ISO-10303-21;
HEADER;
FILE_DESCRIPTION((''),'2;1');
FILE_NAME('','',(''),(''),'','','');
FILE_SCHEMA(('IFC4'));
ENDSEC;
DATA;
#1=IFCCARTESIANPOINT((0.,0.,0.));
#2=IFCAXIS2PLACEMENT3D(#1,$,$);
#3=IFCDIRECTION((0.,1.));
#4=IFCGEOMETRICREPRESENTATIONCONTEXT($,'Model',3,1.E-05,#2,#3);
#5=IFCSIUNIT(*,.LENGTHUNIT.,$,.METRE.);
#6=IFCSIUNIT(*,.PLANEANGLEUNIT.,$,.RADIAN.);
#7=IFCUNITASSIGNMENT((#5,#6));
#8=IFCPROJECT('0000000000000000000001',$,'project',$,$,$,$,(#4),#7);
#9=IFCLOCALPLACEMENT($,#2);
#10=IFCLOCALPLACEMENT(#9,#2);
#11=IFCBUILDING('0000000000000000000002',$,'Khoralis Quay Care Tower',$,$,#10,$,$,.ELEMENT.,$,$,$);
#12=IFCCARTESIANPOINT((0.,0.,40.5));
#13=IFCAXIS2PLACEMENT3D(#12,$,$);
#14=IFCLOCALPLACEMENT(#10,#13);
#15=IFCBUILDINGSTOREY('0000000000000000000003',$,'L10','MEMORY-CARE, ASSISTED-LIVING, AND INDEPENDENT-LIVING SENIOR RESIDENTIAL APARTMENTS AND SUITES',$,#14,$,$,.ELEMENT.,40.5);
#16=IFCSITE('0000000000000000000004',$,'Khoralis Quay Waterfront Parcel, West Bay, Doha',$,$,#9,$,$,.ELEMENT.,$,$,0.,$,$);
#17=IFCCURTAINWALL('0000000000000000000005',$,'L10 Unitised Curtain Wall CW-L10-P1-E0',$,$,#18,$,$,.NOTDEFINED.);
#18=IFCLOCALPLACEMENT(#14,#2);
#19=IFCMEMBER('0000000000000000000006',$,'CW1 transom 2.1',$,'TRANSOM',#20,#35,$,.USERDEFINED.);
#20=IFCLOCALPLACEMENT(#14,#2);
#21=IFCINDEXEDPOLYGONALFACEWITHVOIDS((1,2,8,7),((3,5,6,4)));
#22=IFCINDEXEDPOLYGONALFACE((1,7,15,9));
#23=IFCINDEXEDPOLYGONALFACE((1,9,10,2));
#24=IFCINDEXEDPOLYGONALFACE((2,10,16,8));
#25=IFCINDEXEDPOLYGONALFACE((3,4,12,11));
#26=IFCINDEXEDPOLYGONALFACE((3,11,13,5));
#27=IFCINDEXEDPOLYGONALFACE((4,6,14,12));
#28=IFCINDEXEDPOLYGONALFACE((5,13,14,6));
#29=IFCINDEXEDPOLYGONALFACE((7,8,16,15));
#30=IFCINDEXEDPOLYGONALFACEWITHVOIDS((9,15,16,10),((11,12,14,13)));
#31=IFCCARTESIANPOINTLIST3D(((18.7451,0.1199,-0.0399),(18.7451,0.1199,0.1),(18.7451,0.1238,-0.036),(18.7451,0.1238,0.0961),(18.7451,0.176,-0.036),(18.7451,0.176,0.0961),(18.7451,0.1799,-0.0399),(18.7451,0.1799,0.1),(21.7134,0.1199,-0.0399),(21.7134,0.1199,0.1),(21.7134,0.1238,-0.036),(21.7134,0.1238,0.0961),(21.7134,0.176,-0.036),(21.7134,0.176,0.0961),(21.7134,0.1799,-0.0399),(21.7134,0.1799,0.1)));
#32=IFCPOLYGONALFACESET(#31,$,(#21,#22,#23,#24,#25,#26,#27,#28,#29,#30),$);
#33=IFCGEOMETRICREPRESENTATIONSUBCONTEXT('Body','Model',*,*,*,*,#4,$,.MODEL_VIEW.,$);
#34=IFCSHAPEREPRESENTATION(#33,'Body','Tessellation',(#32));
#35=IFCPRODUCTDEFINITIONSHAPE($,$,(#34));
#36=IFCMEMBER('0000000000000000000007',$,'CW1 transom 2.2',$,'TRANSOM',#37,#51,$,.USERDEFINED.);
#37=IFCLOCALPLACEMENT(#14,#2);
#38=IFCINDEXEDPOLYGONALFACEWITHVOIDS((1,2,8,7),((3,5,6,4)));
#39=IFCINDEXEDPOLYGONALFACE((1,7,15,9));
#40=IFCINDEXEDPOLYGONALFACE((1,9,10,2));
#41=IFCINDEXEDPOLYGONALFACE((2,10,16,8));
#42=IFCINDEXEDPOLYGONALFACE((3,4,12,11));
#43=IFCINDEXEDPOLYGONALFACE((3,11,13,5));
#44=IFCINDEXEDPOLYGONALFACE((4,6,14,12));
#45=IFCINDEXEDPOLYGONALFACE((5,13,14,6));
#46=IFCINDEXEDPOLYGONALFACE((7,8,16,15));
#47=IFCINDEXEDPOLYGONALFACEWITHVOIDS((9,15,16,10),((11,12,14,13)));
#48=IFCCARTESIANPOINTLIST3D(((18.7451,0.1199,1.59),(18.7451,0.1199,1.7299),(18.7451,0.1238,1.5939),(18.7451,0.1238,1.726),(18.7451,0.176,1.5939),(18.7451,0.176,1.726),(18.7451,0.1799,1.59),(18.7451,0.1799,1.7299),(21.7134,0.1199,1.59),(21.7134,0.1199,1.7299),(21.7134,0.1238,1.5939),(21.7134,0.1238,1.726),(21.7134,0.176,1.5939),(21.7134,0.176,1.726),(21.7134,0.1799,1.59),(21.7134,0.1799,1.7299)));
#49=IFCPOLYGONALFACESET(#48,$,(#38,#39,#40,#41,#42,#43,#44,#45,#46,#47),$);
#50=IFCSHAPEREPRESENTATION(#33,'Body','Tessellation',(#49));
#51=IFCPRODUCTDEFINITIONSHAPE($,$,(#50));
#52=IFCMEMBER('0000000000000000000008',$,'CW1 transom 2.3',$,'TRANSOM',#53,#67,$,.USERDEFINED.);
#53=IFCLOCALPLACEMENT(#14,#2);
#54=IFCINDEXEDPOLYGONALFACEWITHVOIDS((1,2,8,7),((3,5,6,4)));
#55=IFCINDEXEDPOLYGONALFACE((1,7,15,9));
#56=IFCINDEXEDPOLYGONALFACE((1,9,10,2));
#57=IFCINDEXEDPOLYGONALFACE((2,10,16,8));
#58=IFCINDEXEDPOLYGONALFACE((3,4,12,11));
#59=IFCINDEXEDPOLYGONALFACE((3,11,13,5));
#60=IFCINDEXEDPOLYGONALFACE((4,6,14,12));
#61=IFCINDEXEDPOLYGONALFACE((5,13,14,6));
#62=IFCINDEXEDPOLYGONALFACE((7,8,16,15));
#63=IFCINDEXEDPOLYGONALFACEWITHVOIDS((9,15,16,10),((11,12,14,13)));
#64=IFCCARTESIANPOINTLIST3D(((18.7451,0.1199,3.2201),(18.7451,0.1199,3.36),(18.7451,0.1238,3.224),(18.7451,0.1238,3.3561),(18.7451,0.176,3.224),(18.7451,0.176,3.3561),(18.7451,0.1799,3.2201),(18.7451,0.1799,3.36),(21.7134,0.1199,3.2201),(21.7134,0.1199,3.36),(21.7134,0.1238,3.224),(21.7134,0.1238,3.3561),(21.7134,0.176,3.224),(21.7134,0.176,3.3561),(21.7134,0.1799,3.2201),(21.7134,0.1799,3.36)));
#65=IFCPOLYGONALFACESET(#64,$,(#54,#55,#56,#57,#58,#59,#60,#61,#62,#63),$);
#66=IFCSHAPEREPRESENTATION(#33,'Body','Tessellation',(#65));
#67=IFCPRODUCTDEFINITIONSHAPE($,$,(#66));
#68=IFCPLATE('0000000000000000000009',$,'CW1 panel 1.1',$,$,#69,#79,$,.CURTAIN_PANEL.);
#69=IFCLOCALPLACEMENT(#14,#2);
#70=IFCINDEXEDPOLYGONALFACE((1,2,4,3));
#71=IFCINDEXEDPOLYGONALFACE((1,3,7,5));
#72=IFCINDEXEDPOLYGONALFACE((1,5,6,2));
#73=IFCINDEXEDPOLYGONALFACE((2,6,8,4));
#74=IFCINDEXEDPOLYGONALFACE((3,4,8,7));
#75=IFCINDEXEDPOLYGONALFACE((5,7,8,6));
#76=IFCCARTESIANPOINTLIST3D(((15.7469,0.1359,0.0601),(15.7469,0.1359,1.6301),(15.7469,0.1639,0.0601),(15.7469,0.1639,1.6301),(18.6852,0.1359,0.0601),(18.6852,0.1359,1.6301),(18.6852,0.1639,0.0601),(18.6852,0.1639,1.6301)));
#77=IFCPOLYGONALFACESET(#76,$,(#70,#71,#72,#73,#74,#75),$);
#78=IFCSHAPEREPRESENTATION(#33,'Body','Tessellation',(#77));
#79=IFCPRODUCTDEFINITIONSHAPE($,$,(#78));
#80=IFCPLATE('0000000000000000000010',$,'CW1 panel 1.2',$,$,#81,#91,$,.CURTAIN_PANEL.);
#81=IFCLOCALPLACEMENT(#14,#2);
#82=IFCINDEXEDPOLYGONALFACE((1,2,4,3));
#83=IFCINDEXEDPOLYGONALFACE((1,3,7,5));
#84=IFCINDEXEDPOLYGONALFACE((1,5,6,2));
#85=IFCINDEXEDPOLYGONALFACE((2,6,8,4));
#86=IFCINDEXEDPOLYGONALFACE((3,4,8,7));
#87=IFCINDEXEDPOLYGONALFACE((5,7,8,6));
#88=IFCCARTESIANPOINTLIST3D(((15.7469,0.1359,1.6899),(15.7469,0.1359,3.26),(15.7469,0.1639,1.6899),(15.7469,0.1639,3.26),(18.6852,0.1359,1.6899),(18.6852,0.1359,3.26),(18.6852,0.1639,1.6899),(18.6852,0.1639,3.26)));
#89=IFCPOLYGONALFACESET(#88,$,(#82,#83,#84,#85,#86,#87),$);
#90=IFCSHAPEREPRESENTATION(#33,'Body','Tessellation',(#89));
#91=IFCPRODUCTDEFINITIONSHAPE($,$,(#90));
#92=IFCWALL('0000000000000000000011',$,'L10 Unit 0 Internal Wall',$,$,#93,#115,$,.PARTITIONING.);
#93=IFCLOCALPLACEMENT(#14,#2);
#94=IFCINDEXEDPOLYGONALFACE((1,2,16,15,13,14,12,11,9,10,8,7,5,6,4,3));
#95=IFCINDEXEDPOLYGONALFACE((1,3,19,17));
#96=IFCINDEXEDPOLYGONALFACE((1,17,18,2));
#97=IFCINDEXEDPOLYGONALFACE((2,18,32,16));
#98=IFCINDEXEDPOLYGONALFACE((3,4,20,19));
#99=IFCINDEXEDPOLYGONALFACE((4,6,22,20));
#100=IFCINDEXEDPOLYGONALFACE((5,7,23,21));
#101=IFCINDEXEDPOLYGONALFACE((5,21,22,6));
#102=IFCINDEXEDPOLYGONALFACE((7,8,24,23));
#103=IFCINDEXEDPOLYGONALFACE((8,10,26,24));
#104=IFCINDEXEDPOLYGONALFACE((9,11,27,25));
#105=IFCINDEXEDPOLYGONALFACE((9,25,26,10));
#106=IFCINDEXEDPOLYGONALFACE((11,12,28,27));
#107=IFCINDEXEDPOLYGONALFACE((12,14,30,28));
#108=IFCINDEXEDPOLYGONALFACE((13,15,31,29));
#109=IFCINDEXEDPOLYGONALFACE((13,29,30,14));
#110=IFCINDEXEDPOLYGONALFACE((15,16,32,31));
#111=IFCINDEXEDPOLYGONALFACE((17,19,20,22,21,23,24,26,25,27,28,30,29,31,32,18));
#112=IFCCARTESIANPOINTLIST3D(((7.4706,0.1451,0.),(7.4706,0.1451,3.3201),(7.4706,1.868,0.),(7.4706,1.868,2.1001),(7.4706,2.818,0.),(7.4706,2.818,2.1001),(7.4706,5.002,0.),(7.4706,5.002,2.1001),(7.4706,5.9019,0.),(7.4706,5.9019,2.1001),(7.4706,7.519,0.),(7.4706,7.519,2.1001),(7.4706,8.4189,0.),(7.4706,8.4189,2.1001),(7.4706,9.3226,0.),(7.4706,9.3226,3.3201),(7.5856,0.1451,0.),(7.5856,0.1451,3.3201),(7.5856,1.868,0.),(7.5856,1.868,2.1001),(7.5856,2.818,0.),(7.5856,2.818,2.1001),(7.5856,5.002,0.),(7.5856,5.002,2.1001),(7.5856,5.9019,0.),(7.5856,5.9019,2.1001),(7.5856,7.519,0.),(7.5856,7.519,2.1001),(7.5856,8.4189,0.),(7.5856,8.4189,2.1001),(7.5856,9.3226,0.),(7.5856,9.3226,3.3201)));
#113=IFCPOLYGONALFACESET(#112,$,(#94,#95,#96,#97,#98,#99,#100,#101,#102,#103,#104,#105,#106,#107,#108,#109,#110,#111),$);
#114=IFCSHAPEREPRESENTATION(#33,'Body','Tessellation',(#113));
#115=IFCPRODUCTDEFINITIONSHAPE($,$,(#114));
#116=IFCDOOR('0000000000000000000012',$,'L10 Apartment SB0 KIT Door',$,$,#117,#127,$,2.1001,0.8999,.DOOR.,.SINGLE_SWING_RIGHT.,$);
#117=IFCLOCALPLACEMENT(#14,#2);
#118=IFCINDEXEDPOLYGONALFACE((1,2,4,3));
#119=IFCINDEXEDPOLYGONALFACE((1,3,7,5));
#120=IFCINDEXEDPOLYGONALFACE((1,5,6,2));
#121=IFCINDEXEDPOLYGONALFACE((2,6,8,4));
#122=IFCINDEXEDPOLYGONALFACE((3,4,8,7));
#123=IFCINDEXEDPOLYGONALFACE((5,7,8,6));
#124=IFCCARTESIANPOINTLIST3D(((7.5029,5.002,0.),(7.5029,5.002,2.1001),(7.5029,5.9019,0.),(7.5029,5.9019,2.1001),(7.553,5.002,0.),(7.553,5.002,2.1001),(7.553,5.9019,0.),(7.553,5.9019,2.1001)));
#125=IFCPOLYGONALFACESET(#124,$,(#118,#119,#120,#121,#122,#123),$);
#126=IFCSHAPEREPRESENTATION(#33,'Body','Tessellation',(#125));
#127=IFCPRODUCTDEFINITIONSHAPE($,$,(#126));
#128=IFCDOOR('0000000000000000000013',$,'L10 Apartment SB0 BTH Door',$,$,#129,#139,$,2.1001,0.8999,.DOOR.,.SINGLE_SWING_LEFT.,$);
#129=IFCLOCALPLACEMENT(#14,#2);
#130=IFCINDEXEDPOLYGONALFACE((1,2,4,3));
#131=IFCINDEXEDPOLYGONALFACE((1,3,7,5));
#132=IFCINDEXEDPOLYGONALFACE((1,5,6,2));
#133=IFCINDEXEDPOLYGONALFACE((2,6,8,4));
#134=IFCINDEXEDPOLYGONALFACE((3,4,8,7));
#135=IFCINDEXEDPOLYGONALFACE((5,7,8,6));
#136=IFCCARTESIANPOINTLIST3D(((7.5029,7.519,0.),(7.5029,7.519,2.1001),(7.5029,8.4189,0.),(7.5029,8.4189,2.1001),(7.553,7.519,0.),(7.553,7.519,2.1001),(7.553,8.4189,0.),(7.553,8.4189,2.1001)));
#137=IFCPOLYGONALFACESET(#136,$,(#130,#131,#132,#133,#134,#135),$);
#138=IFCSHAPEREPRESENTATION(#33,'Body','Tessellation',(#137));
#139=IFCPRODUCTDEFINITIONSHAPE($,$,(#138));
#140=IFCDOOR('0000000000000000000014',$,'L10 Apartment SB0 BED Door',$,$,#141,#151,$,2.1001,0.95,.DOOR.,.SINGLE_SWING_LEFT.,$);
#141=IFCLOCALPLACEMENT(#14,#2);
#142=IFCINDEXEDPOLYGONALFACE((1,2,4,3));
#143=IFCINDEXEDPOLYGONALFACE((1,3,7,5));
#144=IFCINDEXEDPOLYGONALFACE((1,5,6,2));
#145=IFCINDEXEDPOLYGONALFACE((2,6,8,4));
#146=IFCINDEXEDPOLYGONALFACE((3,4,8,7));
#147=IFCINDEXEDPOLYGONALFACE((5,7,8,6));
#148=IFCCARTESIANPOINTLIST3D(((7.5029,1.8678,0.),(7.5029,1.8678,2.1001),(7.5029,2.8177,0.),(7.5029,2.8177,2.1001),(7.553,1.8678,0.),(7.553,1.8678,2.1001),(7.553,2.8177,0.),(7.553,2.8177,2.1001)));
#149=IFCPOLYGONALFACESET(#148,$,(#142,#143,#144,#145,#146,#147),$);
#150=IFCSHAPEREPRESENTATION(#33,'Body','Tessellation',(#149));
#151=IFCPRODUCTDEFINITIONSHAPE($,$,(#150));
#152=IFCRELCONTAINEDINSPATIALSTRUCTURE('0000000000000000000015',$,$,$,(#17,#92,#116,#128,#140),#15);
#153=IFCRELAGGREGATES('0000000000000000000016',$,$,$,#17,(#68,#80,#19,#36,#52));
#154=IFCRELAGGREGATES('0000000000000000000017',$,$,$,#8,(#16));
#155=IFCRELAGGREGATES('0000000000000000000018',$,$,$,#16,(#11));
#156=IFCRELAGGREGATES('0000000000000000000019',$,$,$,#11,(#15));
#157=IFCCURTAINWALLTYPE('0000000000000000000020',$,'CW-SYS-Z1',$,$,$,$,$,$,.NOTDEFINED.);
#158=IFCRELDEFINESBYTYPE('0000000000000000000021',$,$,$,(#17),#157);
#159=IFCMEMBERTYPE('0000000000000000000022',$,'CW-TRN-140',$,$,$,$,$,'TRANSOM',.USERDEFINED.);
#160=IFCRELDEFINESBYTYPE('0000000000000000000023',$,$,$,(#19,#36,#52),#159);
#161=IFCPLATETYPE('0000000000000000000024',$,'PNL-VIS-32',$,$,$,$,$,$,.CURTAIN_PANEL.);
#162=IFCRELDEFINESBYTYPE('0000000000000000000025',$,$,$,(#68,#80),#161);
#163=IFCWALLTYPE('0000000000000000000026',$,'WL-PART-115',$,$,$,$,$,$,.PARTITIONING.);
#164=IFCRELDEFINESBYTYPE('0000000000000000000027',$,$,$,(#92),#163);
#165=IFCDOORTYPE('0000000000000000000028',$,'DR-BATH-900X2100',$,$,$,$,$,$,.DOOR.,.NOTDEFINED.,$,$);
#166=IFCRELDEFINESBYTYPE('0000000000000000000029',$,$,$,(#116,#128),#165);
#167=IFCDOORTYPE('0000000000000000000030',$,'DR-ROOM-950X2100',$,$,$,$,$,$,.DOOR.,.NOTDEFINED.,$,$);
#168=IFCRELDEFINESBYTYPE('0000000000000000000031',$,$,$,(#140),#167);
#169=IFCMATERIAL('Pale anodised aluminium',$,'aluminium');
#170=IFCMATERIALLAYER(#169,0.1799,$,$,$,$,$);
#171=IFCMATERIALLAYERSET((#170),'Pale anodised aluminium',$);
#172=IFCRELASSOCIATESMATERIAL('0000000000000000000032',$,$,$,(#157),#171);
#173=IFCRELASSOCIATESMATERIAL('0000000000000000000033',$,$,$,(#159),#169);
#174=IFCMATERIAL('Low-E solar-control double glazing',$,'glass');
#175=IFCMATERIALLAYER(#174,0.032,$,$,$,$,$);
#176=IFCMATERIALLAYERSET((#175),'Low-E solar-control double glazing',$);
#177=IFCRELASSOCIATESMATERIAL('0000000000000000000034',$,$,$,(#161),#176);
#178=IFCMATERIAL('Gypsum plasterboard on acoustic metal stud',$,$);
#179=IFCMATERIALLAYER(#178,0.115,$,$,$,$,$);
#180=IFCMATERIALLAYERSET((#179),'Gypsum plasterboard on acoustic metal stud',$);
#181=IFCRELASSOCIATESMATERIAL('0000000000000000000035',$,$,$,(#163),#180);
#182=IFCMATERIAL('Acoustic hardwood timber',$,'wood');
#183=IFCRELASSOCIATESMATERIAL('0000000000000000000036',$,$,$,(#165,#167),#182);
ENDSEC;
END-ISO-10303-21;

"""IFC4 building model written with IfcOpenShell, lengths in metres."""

from ifc_helpers import new_model, si_unit, direction, frame, frame_2d, origin, origin_2d, place, context, subcontext, project, spatial, rectangle, hollow_rectangle, extrude, source, transform, mapped, material, layer, layer_set, material_profile, profile_set, type_object, element, fill, aggregate, save


model = new_model("IFC4")

# Units and contexts
model_context = context("Model", 3, precision=1e-05, world=origin(), true_north=direction((0.0, 1.0)))
body_context = subcontext(model_context, "Body", "Model", "MODEL_VIEW")
ifc_project = project(units=[si_unit("LENGTHUNIT", "METRE"), si_unit("PLANEANGLEUNIT", "RADIAN")], contexts=[model_context])

# Site, building, storey
site_placement = place(None, origin())
site = spatial("IfcSite", under=ifc_project, at=site_placement, Name="Khoralis Quay Waterfront Parcel, West Bay, Doha", CompositionType="ELEMENT", RefElevation=0.0)
building_placement = place(site_placement, origin())
building = spatial("IfcBuilding", under=site, at=building_placement, Name="Khoralis Quay Care Tower", CompositionType="ELEMENT")
storey_placement = place(building_placement, frame((0.0, 0.0, 40.5)))
storey = spatial("IfcBuildingStorey", under=building, at=storey_placement, Name="L10", Description="MEMORY-CARE, ASSISTED-LIVING, AND INDEPENDENT-LIVING SENIOR RESIDENTIAL APARTMENTS AND SUITES", CompositionType="ELEMENT", Elevation=40.5)

# Curtain wall, members, plates
ifc_material_1 = material(Name="Pale anodised aluminium", Category="aluminium")
ifc_layer_1 = layer(ifc_material_1, 0.1799)
ifc_layer_set_1 = layer_set([ifc_layer_1], Name="Pale anodised aluminium")
curtain_wall_type = type_object("IfcCurtainWallType", Name="CW-SYS-Z1", PredefinedType="NOTDEFINED", material=ifc_layer_set_1)
curtain_wall_placement = place(storey_placement, origin())
curtain_wall = element("IfcCurtainWall", 1, at=curtain_wall_placement, inside=storey, type_object=curtain_wall_type, Name="L10 Unitised Curtain Wall CW-L10-P1-E0", PredefinedType="NOTDEFINED")
ifc_material_profile_1 = material_profile(ifc_material_1, hollow_rectangle(XDim=0.0601, YDim=0.1399, WallThickness=0.0039, at=origin_2d()), Name="Pale anodised aluminium")
ifc_profile_set_1 = profile_set([ifc_material_profile_1], Name="Pale anodised aluminium")
member_type_1 = type_object("IfcMemberType", Name="CW-TRN-140", ElementType="TRANSOM", PredefinedType="USERDEFINED", material=ifc_profile_set_1)
shared_shape_1 = source(origin(), body_context, "Body", "SweptSolid", [
    extrude(hollow_rectangle(XDim=0.0601, YDim=0.1399, WallThickness=0.0039, at=origin_2d()), origin(), (0.0, 0.0, 1.0), 2.9683),
])
member_1_placement = place(storey_placement, frame((18.7451, 0.1499, 0.03), z_axis=(1.0, 0.0, 0.0), x_axis=(0.0, 1.0, 0.0)))
member_1 = element("IfcMember", 2, at=member_1_placement, type_object=member_type_1, Name="CW1 transom 2.1", ObjectType="TRANSOM", PredefinedType="USERDEFINED", context=body_context, shape_type="MappedRepresentation", body=[
    mapped(shared_shape_1, transform((0.0, 0.0, 0.0), scale=1.0)),
])
member_2_placement = place(storey_placement, frame((18.7451, 0.1499, 1.6599), z_axis=(1.0, 0.0, 0.0), x_axis=(0.0, 1.0, 0.0)))
member_2 = element("IfcMember", 3, at=member_2_placement, type_object=member_type_1, Name="CW1 transom 2.2", ObjectType="TRANSOM", PredefinedType="USERDEFINED", context=body_context, shape_type="MappedRepresentation", body=[
    mapped(shared_shape_1, transform((0.0, 0.0, 0.0), scale=1.0)),
])
member_3_placement = place(storey_placement, frame((18.7451, 0.1499, 3.29), z_axis=(1.0, 0.0, 0.0), x_axis=(0.0, 1.0, 0.0)))
member_3 = element("IfcMember", 4, at=member_3_placement, type_object=member_type_1, Name="CW1 transom 2.3", ObjectType="TRANSOM", PredefinedType="USERDEFINED", context=body_context, shape_type="MappedRepresentation", body=[
    mapped(shared_shape_1, transform((0.0, 0.0, 0.0), scale=1.0)),
])
ifc_material_2 = material(Name="Low-E solar-control double glazing", Category="glass")
ifc_layer_2 = layer(ifc_material_2, 0.032)
ifc_layer_set_2 = layer_set([ifc_layer_2], Name="Low-E solar-control double glazing")
plate_type = type_object("IfcPlateType", Name="PNL-VIS-32", PredefinedType="CURTAIN_PANEL", material=ifc_layer_set_2)
shared_shape_2 = source(origin(), body_context, "Body", "SweptSolid", [
    extrude(rectangle(XDim=2.9382, YDim=0.0281, at=origin_2d()), origin(), (0.0, 0.0, 1.0), 1.5701),
])
plate_1_placement = place(storey_placement, frame((17.2161, 0.1499, 0.0601), z_axis=(0.0, 0.0, 1.0), x_axis=(1.0, 0.0, 0.0)))
plate_1 = element("IfcPlate", 5, at=plate_1_placement, type_object=plate_type, Name="CW1 panel 1.1", PredefinedType="CURTAIN_PANEL", context=body_context, shape_type="MappedRepresentation", body=[
    mapped(shared_shape_2, transform((0.0, 0.0, 0.0), scale=1.0)),
])
plate_2_placement = place(storey_placement, frame((17.2161, 0.1499, 1.6899), z_axis=(0.0, 0.0, 1.0), x_axis=(1.0, 0.0, 0.0)))
plate_2 = element("IfcPlate", 6, at=plate_2_placement, type_object=plate_type, Name="CW1 panel 1.2", PredefinedType="CURTAIN_PANEL", context=body_context, shape_type="MappedRepresentation", body=[
    mapped(shared_shape_2, transform((0.0, 0.0, 0.0), scale=1.0)),
])
aggregate(curtain_wall, [plate_1, plate_2, member_1, member_2, member_3])

# Wall, openings, doors
ifc_material_3 = material(Name="Gypsum plasterboard on acoustic metal stud")
ifc_layer_3 = layer(ifc_material_3, 0.115)
ifc_layer_set_3 = layer_set([ifc_layer_3], Name="Gypsum plasterboard on acoustic metal stud")
wall_type_1 = type_object("IfcWallType", Name="WL-PART-115", PredefinedType="PARTITIONING", material=ifc_layer_set_3)
wall_1_placement = place(storey_placement, frame((7.5281, 0.145, 0.0), z_axis=(0.0, 0.0, 1.0), x_axis=(0.0, 1.0, 0.0)))
wall_1 = element("IfcWall", 7, at=wall_1_placement, inside=storey, type_object=wall_type_1, Name="L10 Unit 0 Internal Wall", PredefinedType="PARTITIONING", context=body_context, shape_type="SweptSolid", body=[
    extrude(rectangle(XDim=9.1775, YDim=0.115, at=frame_2d((4.5889, 0.0))), origin(), (0.0, 0.0, 1.0), 3.3201),
])
opening_1_placement = place(wall_1_placement, frame((1.7229, 0.0, 0.0)))
opening_1 = element("IfcOpeningElement", 8, at=opening_1_placement, cuts=wall_1, PredefinedType="OPENING", context=body_context, shape_type="SweptSolid", body=[
    extrude(rectangle(XDim=0.95, YDim=2.1001, at=frame_2d((0.4751, 1.05))), frame((0.0, 0.0674, 0.0), z_axis=(0.0, -1.0, 0.0), x_axis=(1.0, 0.0, 0.0)), (0.0, 0.0, 1.0), 0.135),
])
opening_2_placement = place(wall_1_placement, frame((4.8569, 0.0, 0.0)))
opening_2 = element("IfcOpeningElement", 9, at=opening_2_placement, cuts=wall_1, PredefinedType="OPENING", context=body_context, shape_type="SweptSolid", body=[
    extrude(rectangle(XDim=0.8999, YDim=2.1001, at=frame_2d((0.45, 1.05))), frame((0.0, 0.0674, 0.0), z_axis=(0.0, -1.0, 0.0), x_axis=(1.0, 0.0, 0.0)), (0.0, 0.0, 1.0), 0.135),
])
opening_3_placement = place(wall_1_placement, frame((7.374, 0.0, 0.0)))
opening_3 = element("IfcOpeningElement", 10, at=opening_3_placement, cuts=wall_1, PredefinedType="OPENING", context=body_context, shape_type="SweptSolid", body=[
    extrude(rectangle(XDim=0.8999, YDim=2.1001, at=frame_2d((0.45, 1.05))), frame((0.0, 0.0674, 0.0), z_axis=(0.0, -1.0, 0.0), x_axis=(1.0, 0.0, 0.0)), (0.0, 0.0, 1.0), 0.135),
])
ifc_material_4 = material(Name="Acoustic hardwood timber", Category="wood")
door_type_1 = type_object("IfcDoorType", Name="DR-BATH-900X2100", OperationType="NOTDEFINED", PredefinedType="DOOR", material=ifc_material_4)
shared_shape_3 = source(origin(), body_context, "Body", "SweptSolid", [
    extrude(rectangle(XDim=0.8999, YDim=2.1001, at=frame_2d((0.45, 1.05))), frame((0.0, 0.0249, 0.0), z_axis=(0.0, -1.0, 0.0), x_axis=(1.0, 0.0, 0.0)), (0.0, 0.0, 1.0), 0.05),
])
door_1_placement = place(opening_2_placement, frame((0.8999, 0.0, 0.0), z_axis=(0.0, 0.0, 1.0), x_axis=(-1.0, 0.0, 0.0)))
door_1 = element("IfcDoor", 11, at=door_1_placement, inside=storey, type_object=door_type_1, Name="L10 Apartment SB0 KIT Door", OperationType="SINGLE_SWING_RIGHT", OverallHeight=2.1001, OverallWidth=0.8999, PredefinedType="DOOR", context=body_context, shape_type="MappedRepresentation", body=[
    mapped(shared_shape_3, transform((0.0, 0.0, 0.0), scale=1.0)),
])
fill(opening_2, door_1)
door_2_placement = place(opening_3_placement, frame((0.8999, 0.0, 0.0), z_axis=(0.0, 0.0, 1.0), x_axis=(-1.0, 0.0, 0.0)))
door_2 = element("IfcDoor", 12, at=door_2_placement, inside=storey, type_object=door_type_1, Name="L10 Apartment SB0 BTH Door", OperationType="SINGLE_SWING_LEFT", OverallHeight=2.1001, OverallWidth=0.8999, PredefinedType="DOOR", context=body_context, shape_type="MappedRepresentation", body=[
    mapped(shared_shape_3, transform((0.0, 0.0, 0.0), scale=1.0)),
])
fill(opening_3, door_2)
door_type_2 = type_object("IfcDoorType", Name="DR-ROOM-950X2100", OperationType="NOTDEFINED", PredefinedType="DOOR", material=ifc_material_4)
shared_shape_4 = source(origin(), body_context, "Body", "SweptSolid", [
    extrude(rectangle(XDim=0.95, YDim=2.1001, at=frame_2d((0.4751, 1.05))), frame((0.0, 0.0249, 0.0), z_axis=(0.0, -1.0, 0.0), x_axis=(1.0, 0.0, 0.0)), (0.0, 0.0, 1.0), 0.05),
])
door_3_placement = place(opening_1_placement, frame((0.95, 0.0, 0.0), z_axis=(0.0, 0.0, 1.0), x_axis=(-1.0, 0.0, 0.0)))
door_3 = element("IfcDoor", 13, at=door_3_placement, inside=storey, type_object=door_type_2, Name="L10 Apartment SB0 BED Door", OperationType="SINGLE_SWING_LEFT", OverallHeight=2.1001, OverallWidth=0.95, PredefinedType="DOOR", context=body_context, shape_type="MappedRepresentation", body=[
    mapped(shared_shape_4, transform((0.0, 0.0, 0.0), scale=1.0)),
])
fill(opening_1, door_3)

save(model, "model.ifc")
